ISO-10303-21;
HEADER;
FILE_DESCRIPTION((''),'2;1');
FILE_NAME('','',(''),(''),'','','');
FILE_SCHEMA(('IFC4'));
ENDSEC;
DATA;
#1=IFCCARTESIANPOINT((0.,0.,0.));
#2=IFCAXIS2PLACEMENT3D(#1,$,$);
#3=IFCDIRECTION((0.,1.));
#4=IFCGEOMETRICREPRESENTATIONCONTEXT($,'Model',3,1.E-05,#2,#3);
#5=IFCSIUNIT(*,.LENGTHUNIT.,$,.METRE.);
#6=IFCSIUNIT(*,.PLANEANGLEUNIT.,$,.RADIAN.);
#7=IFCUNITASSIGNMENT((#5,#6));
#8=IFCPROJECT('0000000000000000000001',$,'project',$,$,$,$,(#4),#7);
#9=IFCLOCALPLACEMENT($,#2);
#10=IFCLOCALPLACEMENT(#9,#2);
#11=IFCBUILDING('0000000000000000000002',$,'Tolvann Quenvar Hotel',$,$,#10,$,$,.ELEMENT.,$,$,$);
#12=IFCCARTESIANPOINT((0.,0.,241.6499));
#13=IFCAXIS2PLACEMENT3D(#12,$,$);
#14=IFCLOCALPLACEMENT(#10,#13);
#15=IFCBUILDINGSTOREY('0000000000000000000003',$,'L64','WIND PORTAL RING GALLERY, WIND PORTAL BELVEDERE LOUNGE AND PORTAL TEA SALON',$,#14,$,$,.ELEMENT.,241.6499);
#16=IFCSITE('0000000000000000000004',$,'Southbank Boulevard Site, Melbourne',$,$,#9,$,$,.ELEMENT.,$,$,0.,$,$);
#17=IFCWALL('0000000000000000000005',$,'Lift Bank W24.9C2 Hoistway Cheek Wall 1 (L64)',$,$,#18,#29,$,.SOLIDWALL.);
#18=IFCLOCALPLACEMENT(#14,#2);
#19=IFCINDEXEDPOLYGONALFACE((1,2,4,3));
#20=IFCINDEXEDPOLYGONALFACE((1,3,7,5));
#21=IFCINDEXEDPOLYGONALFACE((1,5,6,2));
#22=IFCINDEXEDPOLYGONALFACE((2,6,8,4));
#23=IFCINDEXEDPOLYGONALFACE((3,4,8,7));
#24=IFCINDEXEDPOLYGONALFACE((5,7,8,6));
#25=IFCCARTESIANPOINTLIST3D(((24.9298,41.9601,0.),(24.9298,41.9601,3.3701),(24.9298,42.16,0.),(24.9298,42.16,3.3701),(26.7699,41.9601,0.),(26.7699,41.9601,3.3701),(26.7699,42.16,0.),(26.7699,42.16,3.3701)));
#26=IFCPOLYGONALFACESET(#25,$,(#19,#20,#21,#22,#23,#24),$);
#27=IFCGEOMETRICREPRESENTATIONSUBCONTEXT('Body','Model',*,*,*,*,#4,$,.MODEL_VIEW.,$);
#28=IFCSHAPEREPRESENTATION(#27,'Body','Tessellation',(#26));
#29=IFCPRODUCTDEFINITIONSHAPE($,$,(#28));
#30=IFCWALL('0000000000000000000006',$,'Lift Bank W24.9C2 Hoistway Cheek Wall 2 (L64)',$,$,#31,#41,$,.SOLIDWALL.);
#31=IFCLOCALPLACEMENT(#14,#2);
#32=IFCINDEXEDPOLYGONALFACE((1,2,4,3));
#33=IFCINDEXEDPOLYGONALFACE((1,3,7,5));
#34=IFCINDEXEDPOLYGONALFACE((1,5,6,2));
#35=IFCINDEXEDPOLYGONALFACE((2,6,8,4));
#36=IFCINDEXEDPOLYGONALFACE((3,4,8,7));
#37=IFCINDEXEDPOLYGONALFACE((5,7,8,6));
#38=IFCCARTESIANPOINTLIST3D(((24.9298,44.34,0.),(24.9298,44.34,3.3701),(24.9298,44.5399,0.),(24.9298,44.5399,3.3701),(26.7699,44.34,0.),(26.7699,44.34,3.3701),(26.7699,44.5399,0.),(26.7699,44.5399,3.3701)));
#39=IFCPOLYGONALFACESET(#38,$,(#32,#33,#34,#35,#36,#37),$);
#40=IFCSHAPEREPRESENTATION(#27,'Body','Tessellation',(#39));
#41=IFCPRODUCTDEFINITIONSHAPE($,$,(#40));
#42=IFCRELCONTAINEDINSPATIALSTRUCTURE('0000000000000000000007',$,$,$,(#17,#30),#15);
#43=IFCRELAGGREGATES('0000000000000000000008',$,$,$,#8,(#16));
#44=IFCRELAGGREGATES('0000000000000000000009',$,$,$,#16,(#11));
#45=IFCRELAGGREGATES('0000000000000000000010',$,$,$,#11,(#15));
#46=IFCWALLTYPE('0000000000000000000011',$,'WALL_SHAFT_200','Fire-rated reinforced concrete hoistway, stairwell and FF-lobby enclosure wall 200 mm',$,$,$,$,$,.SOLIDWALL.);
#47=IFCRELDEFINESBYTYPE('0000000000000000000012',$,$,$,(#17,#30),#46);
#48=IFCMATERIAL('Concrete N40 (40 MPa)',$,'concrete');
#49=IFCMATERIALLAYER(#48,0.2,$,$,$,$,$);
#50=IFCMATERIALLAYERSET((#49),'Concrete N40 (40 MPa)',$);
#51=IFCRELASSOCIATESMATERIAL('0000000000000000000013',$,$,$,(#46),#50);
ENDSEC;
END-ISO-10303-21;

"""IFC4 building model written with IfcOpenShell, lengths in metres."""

from ifc_helpers import new_model, si_unit, direction, frame, frame_2d, origin, place, context, subcontext, project, spatial, rectangle, extrude, material, layer, layer_set, type_object, element, save


model = new_model("IFC4")

# Units and contexts
model_context = context("Model", 3, precision=1e-05, world=origin(), true_north=direction((0.0, 1.0)))
body_context = subcontext(model_context, "Body", "Model", "MODEL_VIEW")
ifc_project = project(units=[si_unit("LENGTHUNIT", "METRE"), si_unit("PLANEANGLEUNIT", "RADIAN")], contexts=[model_context])

# Site, building, storey
site_placement = place(None, origin())
site = spatial("IfcSite", under=ifc_project, at=site_placement, Name="Southbank Boulevard Site, Melbourne", CompositionType="ELEMENT", RefElevation=0.0)
building_placement = place(site_placement, origin())
building = spatial("IfcBuilding", under=site, at=building_placement, Name="Tolvann Quenvar Hotel", CompositionType="ELEMENT")
storey_placement = place(building_placement, frame((0.0, 0.0, 241.6499)))
storey = spatial("IfcBuildingStorey", under=building, at=storey_placement, Name="L64", Description="WIND PORTAL RING GALLERY, WIND PORTAL BELVEDERE LOUNGE AND PORTAL TEA SALON", CompositionType="ELEMENT", Elevation=241.6499)

# Shared definitions
ifc_material_1 = material(Name="Concrete N40 (40 MPa)", Category="concrete")
ifc_layer_1 = layer(ifc_material_1, 0.2)
ifc_layer_set_1 = layer_set([ifc_layer_1], Name="Concrete N40 (40 MPa)")
wall_type_1 = type_object("IfcWallType", Name="WALL_SHAFT_200", Description="Fire-rated reinforced concrete hoistway, stairwell and FF-lobby enclosure wall 200 mm", PredefinedType="SOLIDWALL", material=ifc_layer_set_1)

# Walls
for number, where, z_axis, x_axis, name in (
    (1, (24.9299, 42.0601, 0.0), (0.0, 0.0, 1.0), (1.0, 0.0, 0.0), "Lift Bank W24.9C2 Hoistway Cheek Wall 1 (L64)"),
    (2, (24.9299, 44.4399, 0.0), (0.0, 0.0, 1.0), (1.0, 0.0, 0.0), "Lift Bank W24.9C2 Hoistway Cheek Wall 2 (L64)"),
):
    element("IfcWall", number, at=place(storey_placement, frame(where, z_axis=z_axis, x_axis=x_axis)), inside=storey, type_object=wall_type_1, Name=name, PredefinedType="SOLIDWALL", context=body_context, shape_type="SweptSolid", body=[
        extrude(rectangle(XDim=1.8401, YDim=0.2, at=frame_2d((0.9199, 0.0))), origin(), (0.0, 0.0, 1.0), 3.3701),
    ])

save(model, "model.ifc")
